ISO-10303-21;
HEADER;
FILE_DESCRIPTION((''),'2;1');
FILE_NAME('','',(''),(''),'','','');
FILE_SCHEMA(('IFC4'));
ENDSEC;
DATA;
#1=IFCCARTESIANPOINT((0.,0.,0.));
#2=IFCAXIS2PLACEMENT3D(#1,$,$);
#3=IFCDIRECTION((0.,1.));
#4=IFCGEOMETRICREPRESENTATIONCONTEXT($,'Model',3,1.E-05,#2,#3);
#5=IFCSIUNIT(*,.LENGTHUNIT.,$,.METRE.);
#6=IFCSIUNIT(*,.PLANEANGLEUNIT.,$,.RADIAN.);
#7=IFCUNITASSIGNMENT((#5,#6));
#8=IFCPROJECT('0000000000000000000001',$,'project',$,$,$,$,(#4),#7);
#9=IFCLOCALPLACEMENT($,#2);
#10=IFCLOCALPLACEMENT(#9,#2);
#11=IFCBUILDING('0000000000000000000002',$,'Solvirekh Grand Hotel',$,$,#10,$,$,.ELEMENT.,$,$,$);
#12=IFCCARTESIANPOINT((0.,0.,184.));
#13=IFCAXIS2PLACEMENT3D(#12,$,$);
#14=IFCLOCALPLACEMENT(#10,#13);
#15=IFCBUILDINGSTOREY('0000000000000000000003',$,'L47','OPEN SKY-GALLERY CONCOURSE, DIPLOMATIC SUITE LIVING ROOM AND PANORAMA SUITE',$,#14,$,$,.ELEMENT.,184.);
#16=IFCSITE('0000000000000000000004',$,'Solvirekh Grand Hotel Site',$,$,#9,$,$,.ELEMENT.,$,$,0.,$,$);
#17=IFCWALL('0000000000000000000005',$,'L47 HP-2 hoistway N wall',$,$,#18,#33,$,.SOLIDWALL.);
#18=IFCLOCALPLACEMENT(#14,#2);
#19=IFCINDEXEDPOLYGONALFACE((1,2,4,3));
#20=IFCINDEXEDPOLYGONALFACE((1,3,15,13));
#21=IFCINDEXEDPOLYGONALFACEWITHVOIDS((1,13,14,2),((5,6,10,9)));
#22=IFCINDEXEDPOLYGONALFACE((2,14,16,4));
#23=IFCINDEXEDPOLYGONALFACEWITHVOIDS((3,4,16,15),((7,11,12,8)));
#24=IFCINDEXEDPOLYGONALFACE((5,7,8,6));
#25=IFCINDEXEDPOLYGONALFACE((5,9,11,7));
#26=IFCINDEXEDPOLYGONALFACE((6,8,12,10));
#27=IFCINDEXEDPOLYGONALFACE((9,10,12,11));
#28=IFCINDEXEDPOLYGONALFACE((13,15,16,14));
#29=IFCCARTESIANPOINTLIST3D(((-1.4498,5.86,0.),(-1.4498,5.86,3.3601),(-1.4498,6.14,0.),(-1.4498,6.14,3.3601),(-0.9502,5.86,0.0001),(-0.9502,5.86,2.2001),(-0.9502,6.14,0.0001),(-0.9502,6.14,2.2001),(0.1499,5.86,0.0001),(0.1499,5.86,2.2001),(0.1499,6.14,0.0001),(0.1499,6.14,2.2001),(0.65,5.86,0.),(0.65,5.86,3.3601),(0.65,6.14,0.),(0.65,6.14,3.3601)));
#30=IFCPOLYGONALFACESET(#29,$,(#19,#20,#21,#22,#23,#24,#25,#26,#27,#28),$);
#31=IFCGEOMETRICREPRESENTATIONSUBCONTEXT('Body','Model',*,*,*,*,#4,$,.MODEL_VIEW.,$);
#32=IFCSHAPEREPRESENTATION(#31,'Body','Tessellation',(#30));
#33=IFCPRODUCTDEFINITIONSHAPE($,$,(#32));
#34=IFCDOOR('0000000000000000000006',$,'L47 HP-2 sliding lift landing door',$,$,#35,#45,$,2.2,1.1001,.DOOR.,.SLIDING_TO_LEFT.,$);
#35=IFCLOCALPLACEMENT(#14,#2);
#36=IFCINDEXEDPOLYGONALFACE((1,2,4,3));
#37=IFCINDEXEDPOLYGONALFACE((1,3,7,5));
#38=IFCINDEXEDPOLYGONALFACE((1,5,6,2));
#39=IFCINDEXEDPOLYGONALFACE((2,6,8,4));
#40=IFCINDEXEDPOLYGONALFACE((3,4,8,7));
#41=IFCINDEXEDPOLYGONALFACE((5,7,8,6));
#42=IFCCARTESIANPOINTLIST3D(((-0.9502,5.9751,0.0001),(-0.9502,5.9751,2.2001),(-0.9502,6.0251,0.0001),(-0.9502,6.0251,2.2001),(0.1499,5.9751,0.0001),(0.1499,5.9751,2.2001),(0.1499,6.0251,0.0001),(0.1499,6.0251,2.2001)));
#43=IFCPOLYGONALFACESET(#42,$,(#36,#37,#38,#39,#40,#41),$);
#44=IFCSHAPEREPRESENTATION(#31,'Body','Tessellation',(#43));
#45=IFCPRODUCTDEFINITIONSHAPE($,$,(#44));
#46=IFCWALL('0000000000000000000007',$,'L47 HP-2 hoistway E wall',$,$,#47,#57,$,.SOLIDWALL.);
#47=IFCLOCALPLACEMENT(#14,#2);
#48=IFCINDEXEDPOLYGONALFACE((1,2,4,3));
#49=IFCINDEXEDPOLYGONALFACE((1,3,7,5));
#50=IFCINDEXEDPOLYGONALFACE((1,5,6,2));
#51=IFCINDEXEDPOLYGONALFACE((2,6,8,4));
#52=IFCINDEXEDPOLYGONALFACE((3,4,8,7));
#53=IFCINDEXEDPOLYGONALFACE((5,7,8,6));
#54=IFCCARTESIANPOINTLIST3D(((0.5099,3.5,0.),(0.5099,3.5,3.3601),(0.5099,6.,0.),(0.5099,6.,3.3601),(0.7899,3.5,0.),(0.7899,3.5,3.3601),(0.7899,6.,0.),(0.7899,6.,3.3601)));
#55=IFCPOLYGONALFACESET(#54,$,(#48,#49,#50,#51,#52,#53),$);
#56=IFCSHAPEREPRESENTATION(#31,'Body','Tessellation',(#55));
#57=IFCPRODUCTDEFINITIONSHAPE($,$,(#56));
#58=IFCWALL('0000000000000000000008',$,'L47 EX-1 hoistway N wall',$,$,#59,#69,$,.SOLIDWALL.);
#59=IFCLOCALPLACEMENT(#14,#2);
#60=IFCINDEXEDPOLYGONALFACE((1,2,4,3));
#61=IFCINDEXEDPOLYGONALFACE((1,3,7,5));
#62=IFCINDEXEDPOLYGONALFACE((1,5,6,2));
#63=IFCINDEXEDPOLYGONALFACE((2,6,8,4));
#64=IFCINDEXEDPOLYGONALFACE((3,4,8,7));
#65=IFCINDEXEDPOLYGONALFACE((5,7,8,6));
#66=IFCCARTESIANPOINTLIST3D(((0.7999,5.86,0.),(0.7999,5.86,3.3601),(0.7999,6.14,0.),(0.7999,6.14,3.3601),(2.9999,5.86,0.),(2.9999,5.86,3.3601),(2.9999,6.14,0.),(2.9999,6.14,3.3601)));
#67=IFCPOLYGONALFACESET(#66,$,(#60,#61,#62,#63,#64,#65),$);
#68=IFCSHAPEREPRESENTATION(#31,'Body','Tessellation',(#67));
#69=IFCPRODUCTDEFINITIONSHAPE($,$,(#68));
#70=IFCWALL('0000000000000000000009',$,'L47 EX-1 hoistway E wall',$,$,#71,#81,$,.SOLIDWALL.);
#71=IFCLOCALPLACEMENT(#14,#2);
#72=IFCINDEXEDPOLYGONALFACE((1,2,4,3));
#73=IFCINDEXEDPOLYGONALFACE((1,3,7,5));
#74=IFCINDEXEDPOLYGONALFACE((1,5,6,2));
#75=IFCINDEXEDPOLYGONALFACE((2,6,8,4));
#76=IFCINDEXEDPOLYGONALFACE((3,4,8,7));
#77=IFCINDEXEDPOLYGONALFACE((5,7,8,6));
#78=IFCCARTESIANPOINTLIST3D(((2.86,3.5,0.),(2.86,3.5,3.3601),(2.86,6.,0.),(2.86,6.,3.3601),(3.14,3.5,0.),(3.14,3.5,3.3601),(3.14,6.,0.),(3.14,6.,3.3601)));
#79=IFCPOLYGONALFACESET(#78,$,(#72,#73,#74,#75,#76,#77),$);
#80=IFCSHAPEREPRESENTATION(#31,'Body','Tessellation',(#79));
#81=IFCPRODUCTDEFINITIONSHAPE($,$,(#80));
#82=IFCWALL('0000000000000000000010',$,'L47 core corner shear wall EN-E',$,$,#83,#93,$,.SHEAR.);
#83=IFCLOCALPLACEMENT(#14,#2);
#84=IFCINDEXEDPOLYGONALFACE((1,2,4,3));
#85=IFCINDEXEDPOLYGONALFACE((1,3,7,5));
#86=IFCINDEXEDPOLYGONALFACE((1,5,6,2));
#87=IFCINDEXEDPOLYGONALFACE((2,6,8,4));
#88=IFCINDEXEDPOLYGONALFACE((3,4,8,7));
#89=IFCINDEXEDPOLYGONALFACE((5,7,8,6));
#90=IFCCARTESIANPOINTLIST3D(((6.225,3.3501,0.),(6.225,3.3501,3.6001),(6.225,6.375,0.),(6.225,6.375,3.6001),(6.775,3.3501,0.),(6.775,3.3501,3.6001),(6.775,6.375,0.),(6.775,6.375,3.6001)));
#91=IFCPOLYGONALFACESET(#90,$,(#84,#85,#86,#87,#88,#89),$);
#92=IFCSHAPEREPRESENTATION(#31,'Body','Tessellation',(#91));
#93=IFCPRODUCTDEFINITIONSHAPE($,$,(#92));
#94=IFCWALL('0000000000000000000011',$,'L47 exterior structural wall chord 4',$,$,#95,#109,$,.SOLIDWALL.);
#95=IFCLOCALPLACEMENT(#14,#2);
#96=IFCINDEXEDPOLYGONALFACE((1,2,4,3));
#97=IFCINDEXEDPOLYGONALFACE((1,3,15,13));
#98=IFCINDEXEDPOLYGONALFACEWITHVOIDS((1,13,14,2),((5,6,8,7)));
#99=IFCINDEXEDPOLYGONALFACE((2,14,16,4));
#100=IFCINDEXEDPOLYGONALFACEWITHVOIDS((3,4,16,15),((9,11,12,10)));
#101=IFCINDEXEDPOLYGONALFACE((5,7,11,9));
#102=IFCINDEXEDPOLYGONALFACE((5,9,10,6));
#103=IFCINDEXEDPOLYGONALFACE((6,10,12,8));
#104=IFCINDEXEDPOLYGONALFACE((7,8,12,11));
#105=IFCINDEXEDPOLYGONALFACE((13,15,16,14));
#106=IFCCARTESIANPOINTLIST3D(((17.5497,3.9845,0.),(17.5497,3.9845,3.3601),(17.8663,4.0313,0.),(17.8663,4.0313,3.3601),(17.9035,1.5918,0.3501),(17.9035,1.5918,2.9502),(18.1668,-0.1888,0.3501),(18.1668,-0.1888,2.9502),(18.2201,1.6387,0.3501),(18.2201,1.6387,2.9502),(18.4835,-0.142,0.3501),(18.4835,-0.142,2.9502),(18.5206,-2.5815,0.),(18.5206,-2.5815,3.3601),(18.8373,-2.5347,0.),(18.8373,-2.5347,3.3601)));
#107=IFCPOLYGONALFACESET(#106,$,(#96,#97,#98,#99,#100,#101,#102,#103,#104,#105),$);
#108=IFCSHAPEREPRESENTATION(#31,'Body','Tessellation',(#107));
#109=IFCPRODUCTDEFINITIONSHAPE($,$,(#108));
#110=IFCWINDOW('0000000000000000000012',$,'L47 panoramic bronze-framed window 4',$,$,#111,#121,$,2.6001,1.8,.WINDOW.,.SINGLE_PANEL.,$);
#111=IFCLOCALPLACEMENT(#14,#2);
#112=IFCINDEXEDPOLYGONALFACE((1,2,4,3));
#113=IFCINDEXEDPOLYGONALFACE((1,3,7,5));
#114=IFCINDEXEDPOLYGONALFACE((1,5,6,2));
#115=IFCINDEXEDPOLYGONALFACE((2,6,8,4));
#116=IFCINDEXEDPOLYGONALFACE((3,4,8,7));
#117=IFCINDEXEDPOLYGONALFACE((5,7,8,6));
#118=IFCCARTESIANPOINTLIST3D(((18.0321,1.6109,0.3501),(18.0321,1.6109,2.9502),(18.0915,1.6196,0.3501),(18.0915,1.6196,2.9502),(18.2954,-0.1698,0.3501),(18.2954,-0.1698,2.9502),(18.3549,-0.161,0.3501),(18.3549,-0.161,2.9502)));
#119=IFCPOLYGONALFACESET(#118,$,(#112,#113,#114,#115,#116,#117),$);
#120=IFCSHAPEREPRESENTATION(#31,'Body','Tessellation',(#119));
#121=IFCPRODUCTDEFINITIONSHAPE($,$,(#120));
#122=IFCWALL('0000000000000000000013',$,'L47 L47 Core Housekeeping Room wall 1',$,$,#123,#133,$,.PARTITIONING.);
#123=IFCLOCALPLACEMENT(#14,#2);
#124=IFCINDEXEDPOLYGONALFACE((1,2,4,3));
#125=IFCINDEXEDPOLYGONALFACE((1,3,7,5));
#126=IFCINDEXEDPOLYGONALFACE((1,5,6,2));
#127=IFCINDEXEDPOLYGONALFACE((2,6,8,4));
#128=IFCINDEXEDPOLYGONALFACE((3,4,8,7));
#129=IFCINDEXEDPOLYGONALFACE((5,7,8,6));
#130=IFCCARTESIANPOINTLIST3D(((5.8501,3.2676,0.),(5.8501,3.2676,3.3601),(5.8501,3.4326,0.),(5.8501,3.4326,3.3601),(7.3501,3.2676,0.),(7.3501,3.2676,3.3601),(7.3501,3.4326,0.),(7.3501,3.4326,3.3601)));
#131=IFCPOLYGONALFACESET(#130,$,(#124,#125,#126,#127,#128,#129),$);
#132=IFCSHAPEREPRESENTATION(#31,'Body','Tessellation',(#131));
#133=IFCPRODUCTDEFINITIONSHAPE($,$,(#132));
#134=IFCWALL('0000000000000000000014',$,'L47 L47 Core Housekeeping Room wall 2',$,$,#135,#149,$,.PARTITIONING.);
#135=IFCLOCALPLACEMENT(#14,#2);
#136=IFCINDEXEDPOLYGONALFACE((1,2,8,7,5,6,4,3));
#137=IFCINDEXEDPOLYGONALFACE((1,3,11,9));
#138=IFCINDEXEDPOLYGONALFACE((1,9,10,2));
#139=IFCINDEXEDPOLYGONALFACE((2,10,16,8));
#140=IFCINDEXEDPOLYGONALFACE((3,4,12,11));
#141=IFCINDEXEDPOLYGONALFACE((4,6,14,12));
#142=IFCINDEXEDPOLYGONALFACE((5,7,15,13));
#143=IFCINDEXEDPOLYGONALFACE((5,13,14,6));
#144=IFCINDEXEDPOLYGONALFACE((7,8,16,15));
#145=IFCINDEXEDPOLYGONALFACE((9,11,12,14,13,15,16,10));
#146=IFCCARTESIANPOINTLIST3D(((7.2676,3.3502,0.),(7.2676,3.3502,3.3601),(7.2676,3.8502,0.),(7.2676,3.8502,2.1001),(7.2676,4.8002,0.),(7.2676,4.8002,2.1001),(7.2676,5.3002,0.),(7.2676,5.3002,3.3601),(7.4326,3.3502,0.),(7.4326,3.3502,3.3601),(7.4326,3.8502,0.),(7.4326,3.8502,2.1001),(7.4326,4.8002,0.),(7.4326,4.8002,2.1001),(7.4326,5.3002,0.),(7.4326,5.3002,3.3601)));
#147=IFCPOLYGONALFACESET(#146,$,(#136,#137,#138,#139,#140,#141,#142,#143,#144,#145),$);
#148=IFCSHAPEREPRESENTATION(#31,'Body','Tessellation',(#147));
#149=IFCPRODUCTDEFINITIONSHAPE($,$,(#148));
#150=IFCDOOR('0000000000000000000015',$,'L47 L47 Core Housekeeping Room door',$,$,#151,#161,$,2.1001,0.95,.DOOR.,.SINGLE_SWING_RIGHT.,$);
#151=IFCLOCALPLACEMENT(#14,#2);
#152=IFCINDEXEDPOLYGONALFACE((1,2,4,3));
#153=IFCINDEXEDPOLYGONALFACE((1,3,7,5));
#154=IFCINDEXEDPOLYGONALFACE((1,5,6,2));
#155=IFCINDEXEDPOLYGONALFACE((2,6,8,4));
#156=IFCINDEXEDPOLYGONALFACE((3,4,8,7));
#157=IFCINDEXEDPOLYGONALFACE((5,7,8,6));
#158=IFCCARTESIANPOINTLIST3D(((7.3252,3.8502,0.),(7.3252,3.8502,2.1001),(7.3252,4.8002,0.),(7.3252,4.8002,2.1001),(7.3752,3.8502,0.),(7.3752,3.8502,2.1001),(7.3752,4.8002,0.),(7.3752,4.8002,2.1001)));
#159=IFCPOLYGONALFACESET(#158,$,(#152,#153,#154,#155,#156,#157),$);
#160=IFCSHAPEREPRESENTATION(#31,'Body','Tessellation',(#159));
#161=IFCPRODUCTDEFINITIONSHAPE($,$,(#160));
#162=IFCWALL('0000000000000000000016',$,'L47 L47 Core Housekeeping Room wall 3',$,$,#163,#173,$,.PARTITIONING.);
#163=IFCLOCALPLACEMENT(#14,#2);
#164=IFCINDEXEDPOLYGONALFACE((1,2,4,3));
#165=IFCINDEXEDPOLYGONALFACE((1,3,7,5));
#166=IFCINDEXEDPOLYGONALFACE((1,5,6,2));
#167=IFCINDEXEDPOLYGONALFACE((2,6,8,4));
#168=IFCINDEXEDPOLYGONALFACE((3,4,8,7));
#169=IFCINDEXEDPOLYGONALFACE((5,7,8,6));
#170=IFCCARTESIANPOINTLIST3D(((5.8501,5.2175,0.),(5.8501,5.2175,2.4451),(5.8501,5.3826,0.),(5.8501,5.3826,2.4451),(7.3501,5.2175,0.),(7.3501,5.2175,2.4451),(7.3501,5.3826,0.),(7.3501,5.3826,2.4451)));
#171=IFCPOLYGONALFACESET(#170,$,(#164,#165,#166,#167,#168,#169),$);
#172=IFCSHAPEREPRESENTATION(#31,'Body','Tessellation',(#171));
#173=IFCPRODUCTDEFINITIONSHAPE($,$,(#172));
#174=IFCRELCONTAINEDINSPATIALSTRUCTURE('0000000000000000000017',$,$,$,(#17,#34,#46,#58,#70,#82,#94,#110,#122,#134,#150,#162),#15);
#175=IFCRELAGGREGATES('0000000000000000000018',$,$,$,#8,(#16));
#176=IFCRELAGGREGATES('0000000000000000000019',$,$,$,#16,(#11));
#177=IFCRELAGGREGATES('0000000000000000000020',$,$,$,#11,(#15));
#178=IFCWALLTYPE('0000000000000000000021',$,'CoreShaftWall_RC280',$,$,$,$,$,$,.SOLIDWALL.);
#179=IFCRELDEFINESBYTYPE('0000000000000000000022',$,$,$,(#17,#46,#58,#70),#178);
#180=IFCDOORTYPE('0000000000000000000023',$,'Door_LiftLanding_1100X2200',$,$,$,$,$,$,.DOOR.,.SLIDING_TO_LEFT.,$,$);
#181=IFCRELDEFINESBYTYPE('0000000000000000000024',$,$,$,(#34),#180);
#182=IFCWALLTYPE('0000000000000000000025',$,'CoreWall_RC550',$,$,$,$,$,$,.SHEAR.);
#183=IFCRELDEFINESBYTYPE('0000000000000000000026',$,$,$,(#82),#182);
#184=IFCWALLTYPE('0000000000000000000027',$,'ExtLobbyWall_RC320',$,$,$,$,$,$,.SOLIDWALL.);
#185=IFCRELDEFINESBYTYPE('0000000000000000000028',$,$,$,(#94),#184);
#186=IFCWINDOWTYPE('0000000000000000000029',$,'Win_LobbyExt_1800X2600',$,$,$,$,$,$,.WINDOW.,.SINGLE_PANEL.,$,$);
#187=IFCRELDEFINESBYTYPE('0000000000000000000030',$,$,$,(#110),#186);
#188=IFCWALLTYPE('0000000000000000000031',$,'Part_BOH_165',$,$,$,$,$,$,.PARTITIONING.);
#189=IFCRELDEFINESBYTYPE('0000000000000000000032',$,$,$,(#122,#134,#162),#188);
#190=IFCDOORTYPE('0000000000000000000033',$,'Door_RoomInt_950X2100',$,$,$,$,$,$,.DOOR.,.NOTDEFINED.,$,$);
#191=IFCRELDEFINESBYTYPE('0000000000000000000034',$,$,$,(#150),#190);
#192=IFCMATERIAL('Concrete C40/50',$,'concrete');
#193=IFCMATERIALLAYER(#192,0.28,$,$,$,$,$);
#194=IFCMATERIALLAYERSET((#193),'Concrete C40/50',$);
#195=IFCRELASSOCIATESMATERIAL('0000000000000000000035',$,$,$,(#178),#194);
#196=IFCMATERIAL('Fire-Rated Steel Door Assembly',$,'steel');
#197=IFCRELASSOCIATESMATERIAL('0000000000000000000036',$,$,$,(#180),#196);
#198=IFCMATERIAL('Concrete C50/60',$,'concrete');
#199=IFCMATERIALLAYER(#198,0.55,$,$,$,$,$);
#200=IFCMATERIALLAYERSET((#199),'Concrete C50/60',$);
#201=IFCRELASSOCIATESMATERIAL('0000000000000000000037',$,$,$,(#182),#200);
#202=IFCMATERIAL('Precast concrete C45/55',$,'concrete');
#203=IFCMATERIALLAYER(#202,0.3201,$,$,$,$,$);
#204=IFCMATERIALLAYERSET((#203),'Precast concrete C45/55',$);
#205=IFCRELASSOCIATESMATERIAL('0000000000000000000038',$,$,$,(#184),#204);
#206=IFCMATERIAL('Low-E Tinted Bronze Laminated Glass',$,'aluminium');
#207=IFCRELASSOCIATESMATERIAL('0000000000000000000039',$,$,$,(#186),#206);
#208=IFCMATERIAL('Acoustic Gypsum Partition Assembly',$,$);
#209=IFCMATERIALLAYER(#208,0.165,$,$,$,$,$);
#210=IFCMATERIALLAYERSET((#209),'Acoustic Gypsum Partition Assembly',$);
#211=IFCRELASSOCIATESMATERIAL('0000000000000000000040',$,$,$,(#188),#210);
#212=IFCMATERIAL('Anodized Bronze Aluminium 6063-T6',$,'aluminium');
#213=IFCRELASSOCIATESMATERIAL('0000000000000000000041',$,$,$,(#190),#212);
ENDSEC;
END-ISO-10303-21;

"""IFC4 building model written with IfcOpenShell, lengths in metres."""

from ifc_helpers import new_model, si_unit, direction, frame, frame_2d, origin, place, context, subcontext, project, spatial, rectangle, extrude, material, layer, layer_set, type_object, element, fill, save


model = new_model("IFC4")

# Units and contexts
model_context = context("Model", 3, precision=1e-05, world=origin(), true_north=direction((0.0, 1.0)))
body_context = subcontext(model_context, "Body", "Model", "MODEL_VIEW")
ifc_project = project(units=[si_unit("LENGTHUNIT", "METRE"), si_unit("PLANEANGLEUNIT", "RADIAN")], contexts=[model_context])

# Site, building, storey
site_placement = place(None, origin())
site = spatial("IfcSite", under=ifc_project, at=site_placement, Name="Solvirekh Grand Hotel Site", CompositionType="ELEMENT", RefElevation=0.0)
building_placement = place(site_placement, origin())
building = spatial("IfcBuilding", under=site, at=building_placement, Name="Solvirekh Grand Hotel", CompositionType="ELEMENT")
storey_placement = place(building_placement, frame((0.0, 0.0, 184.0)))
storey = spatial("IfcBuildingStorey", under=building, at=storey_placement, Name="L47", Description="OPEN SKY-GALLERY CONCOURSE, DIPLOMATIC SUITE LIVING ROOM AND PANORAMA SUITE", CompositionType="ELEMENT", Elevation=184.0)

# Wall, opening, door
ifc_material_1 = material(Name="Concrete C40/50", Category="concrete")
ifc_layer_1 = layer(ifc_material_1, 0.28)
ifc_layer_set_1 = layer_set([ifc_layer_1], Name="Concrete C40/50")
wall_type_1 = type_object("IfcWallType", Name="CoreShaftWall_RC280", PredefinedType="SOLIDWALL", material=ifc_layer_set_1)
wall_1_placement = place(storey_placement, frame((0.6499, 6.0, 0.0), z_axis=(0.0, 0.0, 1.0), x_axis=(-1.0, 0.0, 0.0)))
wall_1 = element("IfcWall", 1, at=wall_1_placement, inside=storey, type_object=wall_type_1, Name="L47 HP-2 hoistway N wall", PredefinedType="SOLIDWALL", context=body_context, shape_type="SweptSolid", body=[
    extrude(rectangle(XDim=2.0999, YDim=0.28, at=frame_2d((1.0498, 0.0))), origin(), (0.0, 0.0, 1.0), 3.3601),
])
opening_1_placement = place(wall_1_placement, frame((0.5, 0.0, 0.0)))
opening_1 = element("IfcOpeningElement", 2, at=opening_1_placement, cuts=wall_1, PredefinedType="OPENING", context=body_context, shape_type="SweptSolid", body=[
    extrude(rectangle(XDim=1.1001, YDim=2.2, at=frame_2d((0.55, 1.1001))), frame((0.0, 0.1499, 0.0), z_axis=(0.0, -1.0, 0.0), x_axis=(1.0, 0.0, 0.0)), (0.0, 0.0, 1.0), 0.3),
])
ifc_material_2 = material(Name="Fire-Rated Steel Door Assembly", Category="steel")
door_type_1 = type_object("IfcDoorType", Name="Door_LiftLanding_1100X2200", OperationType="SLIDING_TO_LEFT", PredefinedType="DOOR", material=ifc_material_2)
door_1_placement = place(opening_1_placement, origin())
door_1 = element("IfcDoor", 3, at=door_1_placement, inside=storey, type_object=door_type_1, Name="L47 HP-2 sliding lift landing door", OperationType="SLIDING_TO_LEFT", OverallHeight=2.2, OverallWidth=1.1001, PredefinedType="DOOR", context=body_context, shape_type="SweptSolid", body=[
    extrude(rectangle(XDim=1.1001, YDim=2.2, at=frame_2d((0.55, 1.1001))), frame((0.0, 0.0249, 0.0), z_axis=(0.0, -1.0, 0.0), x_axis=(1.0, 0.0, 0.0)), (0.0, 0.0, 1.0), 0.05),
])
fill(opening_1, door_1)

# Walls
wall_2_placement = place(storey_placement, frame((0.6499, 3.5, 0.0), z_axis=(0.0, 0.0, 1.0), x_axis=(0.0, 1.0, 0.0)))
element("IfcWall", 4, at=wall_2_placement, inside=storey, type_object=wall_type_1, Name="L47 HP-2 hoistway E wall", PredefinedType="SOLIDWALL", context=body_context, shape_type="SweptSolid", body=[
    extrude(rectangle(XDim=2.5, YDim=0.28, at=frame_2d((1.25, 0.0))), origin(), (0.0, 0.0, 1.0), 3.3601),
])
wall_3_placement = place(storey_placement, frame((3.0, 6.0, 0.0), z_axis=(0.0, 0.0, 1.0), x_axis=(-1.0, 0.0, 0.0)))
element("IfcWall", 5, at=wall_3_placement, inside=storey, type_object=wall_type_1, Name="L47 EX-1 hoistway N wall", PredefinedType="SOLIDWALL", context=body_context, shape_type="SweptSolid", body=[
    extrude(rectangle(XDim=2.2, YDim=0.28, at=frame_2d((1.1001, 0.0))), origin(), (0.0, 0.0, 1.0), 3.3601),
])
wall_4_placement = place(storey_placement, frame((3.0, 3.5, 0.0), z_axis=(0.0, 0.0, 1.0), x_axis=(0.0, 1.0, 0.0)))
element("IfcWall", 6, at=wall_4_placement, inside=storey, type_object=wall_type_1, Name="L47 EX-1 hoistway E wall", PredefinedType="SOLIDWALL", context=body_context, shape_type="SweptSolid", body=[
    extrude(rectangle(XDim=2.5, YDim=0.28, at=frame_2d((1.25, 0.0))), origin(), (0.0, 0.0, 1.0), 3.3601),
])
ifc_material_3 = material(Name="Concrete C50/60", Category="concrete")
ifc_layer_2 = layer(ifc_material_3, 0.55)
ifc_layer_set_2 = layer_set([ifc_layer_2], Name="Concrete C50/60")
wall_type_2 = type_object("IfcWallType", Name="CoreWall_RC550", PredefinedType="SHEAR", material=ifc_layer_set_2)
wall_5_placement = place(storey_placement, frame((6.5, 3.3501, 0.0), z_axis=(0.0, 0.0, 1.0), x_axis=(0.0, 1.0, 0.0)))
element("IfcWall", 7, at=wall_5_placement, inside=storey, type_object=wall_type_2, Name="L47 core corner shear wall EN-E", PredefinedType="SHEAR", context=body_context, shape_type="SweptSolid", body=[
    extrude(rectangle(XDim=3.0249, YDim=0.55, at=frame_2d((1.5125, 0.0))), origin(), (0.0, 0.0, 1.0), 3.6001),
])

# Wall, opening, window
ifc_material_4 = material(Name="Precast concrete C45/55", Category="concrete")
ifc_layer_3 = layer(ifc_material_4, 0.3201)
ifc_layer_set_3 = layer_set([ifc_layer_3], Name="Precast concrete C45/55")
wall_type_3 = type_object("IfcWallType", Name="ExtLobbyWall_RC320", PredefinedType="SOLIDWALL", material=ifc_layer_set_3)
wall_6_placement = place(storey_placement, frame((17.708, 4.0081, 0.0), z_axis=(0.0, 0.0, 1.0), x_axis=(0.146281, -0.989243, 0.0)))
wall_6 = element("IfcWall", 8, at=wall_6_placement, inside=storey, type_object=wall_type_3, Name="L47 exterior structural wall chord 4", PredefinedType="SOLIDWALL", context=body_context, shape_type="SweptSolid", body=[
    extrude(rectangle(XDim=6.6375, YDim=0.3201, at=frame_2d((3.3188, 0.0))), origin(), (0.0, 0.0, 1.0), 3.3601),
])
opening_2_placement = place(wall_6_placement, frame((2.4189, 0.0, 0.3501)))
opening_2 = element("IfcOpeningElement", 9, at=opening_2_placement, cuts=wall_6, PredefinedType="OPENING", context=body_context, shape_type="SweptSolid", body=[
    extrude(rectangle(XDim=1.8, YDim=2.6001, at=frame_2d((0.8999, 1.3))), frame((0.0, 0.1699, 0.0), z_axis=(0.0, -1.0, 0.0), x_axis=(1.0, 0.0, 0.0)), (0.0, 0.0, 1.0), 0.3401),
])
ifc_material_5 = material(Name="Low-E Tinted Bronze Laminated Glass", Category="aluminium")
window_type = type_object("IfcWindowType", Name="Win_LobbyExt_1800X2600", PartitioningType="SINGLE_PANEL", PredefinedType="WINDOW", material=ifc_material_5)
window_placement = place(opening_2_placement, origin())
window = element("IfcWindow", 10, at=window_placement, inside=storey, type_object=window_type, Name="L47 panoramic bronze-framed window 4", OverallHeight=2.6001, OverallWidth=1.8, PartitioningType="SINGLE_PANEL", PredefinedType="WINDOW", context=body_context, shape_type="SweptSolid", body=[
    extrude(rectangle(XDim=1.8, YDim=2.6001, at=frame_2d((0.8999, 1.3))), frame((0.0, 0.03, 0.0), z_axis=(0.0, -1.0, 0.0), x_axis=(1.0, 0.0, 0.0)), (0.0, 0.0, 1.0), 0.0601),
])
fill(opening_2, window)

# Wall
ifc_material_6 = material(Name="Acoustic Gypsum Partition Assembly")
ifc_layer_4 = layer(ifc_material_6, 0.165)
ifc_layer_set_4 = layer_set([ifc_layer_4], Name="Acoustic Gypsum Partition Assembly")
wall_type_4 = type_object("IfcWallType", Name="Part_BOH_165", PredefinedType="PARTITIONING", material=ifc_layer_set_4)
wall_7_placement = place(storey_placement, frame((5.8501, 3.3501, 0.0), z_axis=(0.0, 0.0, 1.0), x_axis=(1.0, 0.0, 0.0)))
element("IfcWall", 11, at=wall_7_placement, inside=storey, type_object=wall_type_4, Name="L47 L47 Core Housekeeping Room wall 1", PredefinedType="PARTITIONING", context=body_context, shape_type="SweptSolid", body=[
    extrude(rectangle(XDim=1.5, YDim=0.165, at=frame_2d((0.75, 0.0))), origin(), (0.0, 0.0, 1.0), 3.3601),
])

# Wall, opening, door
wall_8_placement = place(storey_placement, frame((7.3501, 3.3501, 0.0), z_axis=(0.0, 0.0, 1.0), x_axis=(0.0, 1.0, 0.0)))
wall_8 = element("IfcWall", 12, at=wall_8_placement, inside=storey, type_object=wall_type_4, Name="L47 L47 Core Housekeeping Room wall 2", PredefinedType="PARTITIONING", context=body_context, shape_type="SweptSolid", body=[
    extrude(rectangle(XDim=1.95, YDim=0.165, at=frame_2d((0.9751, 0.0))), origin(), (0.0, 0.0, 1.0), 3.3601),
])
opening_3_placement = place(wall_8_placement, frame((0.5, 0.0, 0.0)))
opening_3 = element("IfcOpeningElement", 13, at=opening_3_placement, cuts=wall_8, PredefinedType="OPENING", context=body_context, shape_type="SweptSolid", body=[
    extrude(rectangle(XDim=0.95, YDim=2.1001, at=frame_2d((0.4751, 1.05))), frame((0.0, 0.0925, 0.0), z_axis=(0.0, -1.0, 0.0), x_axis=(1.0, 0.0, 0.0)), (0.0, 0.0, 1.0), 0.1851),
])
ifc_material_7 = material(Name="Anodized Bronze Aluminium 6063-T6", Category="aluminium")
door_type_2 = type_object("IfcDoorType", Name="Door_RoomInt_950X2100", OperationType="NOTDEFINED", PredefinedType="DOOR", material=ifc_material_7)
door_2_placement = place(opening_3_placement, origin())
door_2 = element("IfcDoor", 14, at=door_2_placement, inside=storey, type_object=door_type_2, Name="L47 L47 Core Housekeeping Room door", OperationType="SINGLE_SWING_RIGHT", OverallHeight=2.1001, OverallWidth=0.95, PredefinedType="DOOR", context=body_context, shape_type="SweptSolid", body=[
    extrude(rectangle(XDim=0.95, YDim=2.1001, at=frame_2d((0.4751, 1.05))), frame((0.0, 0.0249, 0.0), z_axis=(0.0, -1.0, 0.0), x_axis=(1.0, 0.0, 0.0)), (0.0, 0.0, 1.0), 0.05),
])
fill(opening_3, door_2)

# Wall
wall_9_placement = place(storey_placement, frame((7.3501, 5.3, 0.0), z_axis=(0.0, 0.0, 1.0), x_axis=(-1.0, 0.0, 0.0)))
element("IfcWall", 15, at=wall_9_placement, inside=storey, type_object=wall_type_4, Name="L47 L47 Core Housekeeping Room wall 3", PredefinedType="PARTITIONING", context=body_context, shape_type="SweptSolid", body=[
    extrude(rectangle(XDim=1.5, YDim=0.165, at=frame_2d((0.75, 0.0))), origin(), (0.0, 0.0, 1.0), 2.4451),
])

save(model, "model.ifc")
